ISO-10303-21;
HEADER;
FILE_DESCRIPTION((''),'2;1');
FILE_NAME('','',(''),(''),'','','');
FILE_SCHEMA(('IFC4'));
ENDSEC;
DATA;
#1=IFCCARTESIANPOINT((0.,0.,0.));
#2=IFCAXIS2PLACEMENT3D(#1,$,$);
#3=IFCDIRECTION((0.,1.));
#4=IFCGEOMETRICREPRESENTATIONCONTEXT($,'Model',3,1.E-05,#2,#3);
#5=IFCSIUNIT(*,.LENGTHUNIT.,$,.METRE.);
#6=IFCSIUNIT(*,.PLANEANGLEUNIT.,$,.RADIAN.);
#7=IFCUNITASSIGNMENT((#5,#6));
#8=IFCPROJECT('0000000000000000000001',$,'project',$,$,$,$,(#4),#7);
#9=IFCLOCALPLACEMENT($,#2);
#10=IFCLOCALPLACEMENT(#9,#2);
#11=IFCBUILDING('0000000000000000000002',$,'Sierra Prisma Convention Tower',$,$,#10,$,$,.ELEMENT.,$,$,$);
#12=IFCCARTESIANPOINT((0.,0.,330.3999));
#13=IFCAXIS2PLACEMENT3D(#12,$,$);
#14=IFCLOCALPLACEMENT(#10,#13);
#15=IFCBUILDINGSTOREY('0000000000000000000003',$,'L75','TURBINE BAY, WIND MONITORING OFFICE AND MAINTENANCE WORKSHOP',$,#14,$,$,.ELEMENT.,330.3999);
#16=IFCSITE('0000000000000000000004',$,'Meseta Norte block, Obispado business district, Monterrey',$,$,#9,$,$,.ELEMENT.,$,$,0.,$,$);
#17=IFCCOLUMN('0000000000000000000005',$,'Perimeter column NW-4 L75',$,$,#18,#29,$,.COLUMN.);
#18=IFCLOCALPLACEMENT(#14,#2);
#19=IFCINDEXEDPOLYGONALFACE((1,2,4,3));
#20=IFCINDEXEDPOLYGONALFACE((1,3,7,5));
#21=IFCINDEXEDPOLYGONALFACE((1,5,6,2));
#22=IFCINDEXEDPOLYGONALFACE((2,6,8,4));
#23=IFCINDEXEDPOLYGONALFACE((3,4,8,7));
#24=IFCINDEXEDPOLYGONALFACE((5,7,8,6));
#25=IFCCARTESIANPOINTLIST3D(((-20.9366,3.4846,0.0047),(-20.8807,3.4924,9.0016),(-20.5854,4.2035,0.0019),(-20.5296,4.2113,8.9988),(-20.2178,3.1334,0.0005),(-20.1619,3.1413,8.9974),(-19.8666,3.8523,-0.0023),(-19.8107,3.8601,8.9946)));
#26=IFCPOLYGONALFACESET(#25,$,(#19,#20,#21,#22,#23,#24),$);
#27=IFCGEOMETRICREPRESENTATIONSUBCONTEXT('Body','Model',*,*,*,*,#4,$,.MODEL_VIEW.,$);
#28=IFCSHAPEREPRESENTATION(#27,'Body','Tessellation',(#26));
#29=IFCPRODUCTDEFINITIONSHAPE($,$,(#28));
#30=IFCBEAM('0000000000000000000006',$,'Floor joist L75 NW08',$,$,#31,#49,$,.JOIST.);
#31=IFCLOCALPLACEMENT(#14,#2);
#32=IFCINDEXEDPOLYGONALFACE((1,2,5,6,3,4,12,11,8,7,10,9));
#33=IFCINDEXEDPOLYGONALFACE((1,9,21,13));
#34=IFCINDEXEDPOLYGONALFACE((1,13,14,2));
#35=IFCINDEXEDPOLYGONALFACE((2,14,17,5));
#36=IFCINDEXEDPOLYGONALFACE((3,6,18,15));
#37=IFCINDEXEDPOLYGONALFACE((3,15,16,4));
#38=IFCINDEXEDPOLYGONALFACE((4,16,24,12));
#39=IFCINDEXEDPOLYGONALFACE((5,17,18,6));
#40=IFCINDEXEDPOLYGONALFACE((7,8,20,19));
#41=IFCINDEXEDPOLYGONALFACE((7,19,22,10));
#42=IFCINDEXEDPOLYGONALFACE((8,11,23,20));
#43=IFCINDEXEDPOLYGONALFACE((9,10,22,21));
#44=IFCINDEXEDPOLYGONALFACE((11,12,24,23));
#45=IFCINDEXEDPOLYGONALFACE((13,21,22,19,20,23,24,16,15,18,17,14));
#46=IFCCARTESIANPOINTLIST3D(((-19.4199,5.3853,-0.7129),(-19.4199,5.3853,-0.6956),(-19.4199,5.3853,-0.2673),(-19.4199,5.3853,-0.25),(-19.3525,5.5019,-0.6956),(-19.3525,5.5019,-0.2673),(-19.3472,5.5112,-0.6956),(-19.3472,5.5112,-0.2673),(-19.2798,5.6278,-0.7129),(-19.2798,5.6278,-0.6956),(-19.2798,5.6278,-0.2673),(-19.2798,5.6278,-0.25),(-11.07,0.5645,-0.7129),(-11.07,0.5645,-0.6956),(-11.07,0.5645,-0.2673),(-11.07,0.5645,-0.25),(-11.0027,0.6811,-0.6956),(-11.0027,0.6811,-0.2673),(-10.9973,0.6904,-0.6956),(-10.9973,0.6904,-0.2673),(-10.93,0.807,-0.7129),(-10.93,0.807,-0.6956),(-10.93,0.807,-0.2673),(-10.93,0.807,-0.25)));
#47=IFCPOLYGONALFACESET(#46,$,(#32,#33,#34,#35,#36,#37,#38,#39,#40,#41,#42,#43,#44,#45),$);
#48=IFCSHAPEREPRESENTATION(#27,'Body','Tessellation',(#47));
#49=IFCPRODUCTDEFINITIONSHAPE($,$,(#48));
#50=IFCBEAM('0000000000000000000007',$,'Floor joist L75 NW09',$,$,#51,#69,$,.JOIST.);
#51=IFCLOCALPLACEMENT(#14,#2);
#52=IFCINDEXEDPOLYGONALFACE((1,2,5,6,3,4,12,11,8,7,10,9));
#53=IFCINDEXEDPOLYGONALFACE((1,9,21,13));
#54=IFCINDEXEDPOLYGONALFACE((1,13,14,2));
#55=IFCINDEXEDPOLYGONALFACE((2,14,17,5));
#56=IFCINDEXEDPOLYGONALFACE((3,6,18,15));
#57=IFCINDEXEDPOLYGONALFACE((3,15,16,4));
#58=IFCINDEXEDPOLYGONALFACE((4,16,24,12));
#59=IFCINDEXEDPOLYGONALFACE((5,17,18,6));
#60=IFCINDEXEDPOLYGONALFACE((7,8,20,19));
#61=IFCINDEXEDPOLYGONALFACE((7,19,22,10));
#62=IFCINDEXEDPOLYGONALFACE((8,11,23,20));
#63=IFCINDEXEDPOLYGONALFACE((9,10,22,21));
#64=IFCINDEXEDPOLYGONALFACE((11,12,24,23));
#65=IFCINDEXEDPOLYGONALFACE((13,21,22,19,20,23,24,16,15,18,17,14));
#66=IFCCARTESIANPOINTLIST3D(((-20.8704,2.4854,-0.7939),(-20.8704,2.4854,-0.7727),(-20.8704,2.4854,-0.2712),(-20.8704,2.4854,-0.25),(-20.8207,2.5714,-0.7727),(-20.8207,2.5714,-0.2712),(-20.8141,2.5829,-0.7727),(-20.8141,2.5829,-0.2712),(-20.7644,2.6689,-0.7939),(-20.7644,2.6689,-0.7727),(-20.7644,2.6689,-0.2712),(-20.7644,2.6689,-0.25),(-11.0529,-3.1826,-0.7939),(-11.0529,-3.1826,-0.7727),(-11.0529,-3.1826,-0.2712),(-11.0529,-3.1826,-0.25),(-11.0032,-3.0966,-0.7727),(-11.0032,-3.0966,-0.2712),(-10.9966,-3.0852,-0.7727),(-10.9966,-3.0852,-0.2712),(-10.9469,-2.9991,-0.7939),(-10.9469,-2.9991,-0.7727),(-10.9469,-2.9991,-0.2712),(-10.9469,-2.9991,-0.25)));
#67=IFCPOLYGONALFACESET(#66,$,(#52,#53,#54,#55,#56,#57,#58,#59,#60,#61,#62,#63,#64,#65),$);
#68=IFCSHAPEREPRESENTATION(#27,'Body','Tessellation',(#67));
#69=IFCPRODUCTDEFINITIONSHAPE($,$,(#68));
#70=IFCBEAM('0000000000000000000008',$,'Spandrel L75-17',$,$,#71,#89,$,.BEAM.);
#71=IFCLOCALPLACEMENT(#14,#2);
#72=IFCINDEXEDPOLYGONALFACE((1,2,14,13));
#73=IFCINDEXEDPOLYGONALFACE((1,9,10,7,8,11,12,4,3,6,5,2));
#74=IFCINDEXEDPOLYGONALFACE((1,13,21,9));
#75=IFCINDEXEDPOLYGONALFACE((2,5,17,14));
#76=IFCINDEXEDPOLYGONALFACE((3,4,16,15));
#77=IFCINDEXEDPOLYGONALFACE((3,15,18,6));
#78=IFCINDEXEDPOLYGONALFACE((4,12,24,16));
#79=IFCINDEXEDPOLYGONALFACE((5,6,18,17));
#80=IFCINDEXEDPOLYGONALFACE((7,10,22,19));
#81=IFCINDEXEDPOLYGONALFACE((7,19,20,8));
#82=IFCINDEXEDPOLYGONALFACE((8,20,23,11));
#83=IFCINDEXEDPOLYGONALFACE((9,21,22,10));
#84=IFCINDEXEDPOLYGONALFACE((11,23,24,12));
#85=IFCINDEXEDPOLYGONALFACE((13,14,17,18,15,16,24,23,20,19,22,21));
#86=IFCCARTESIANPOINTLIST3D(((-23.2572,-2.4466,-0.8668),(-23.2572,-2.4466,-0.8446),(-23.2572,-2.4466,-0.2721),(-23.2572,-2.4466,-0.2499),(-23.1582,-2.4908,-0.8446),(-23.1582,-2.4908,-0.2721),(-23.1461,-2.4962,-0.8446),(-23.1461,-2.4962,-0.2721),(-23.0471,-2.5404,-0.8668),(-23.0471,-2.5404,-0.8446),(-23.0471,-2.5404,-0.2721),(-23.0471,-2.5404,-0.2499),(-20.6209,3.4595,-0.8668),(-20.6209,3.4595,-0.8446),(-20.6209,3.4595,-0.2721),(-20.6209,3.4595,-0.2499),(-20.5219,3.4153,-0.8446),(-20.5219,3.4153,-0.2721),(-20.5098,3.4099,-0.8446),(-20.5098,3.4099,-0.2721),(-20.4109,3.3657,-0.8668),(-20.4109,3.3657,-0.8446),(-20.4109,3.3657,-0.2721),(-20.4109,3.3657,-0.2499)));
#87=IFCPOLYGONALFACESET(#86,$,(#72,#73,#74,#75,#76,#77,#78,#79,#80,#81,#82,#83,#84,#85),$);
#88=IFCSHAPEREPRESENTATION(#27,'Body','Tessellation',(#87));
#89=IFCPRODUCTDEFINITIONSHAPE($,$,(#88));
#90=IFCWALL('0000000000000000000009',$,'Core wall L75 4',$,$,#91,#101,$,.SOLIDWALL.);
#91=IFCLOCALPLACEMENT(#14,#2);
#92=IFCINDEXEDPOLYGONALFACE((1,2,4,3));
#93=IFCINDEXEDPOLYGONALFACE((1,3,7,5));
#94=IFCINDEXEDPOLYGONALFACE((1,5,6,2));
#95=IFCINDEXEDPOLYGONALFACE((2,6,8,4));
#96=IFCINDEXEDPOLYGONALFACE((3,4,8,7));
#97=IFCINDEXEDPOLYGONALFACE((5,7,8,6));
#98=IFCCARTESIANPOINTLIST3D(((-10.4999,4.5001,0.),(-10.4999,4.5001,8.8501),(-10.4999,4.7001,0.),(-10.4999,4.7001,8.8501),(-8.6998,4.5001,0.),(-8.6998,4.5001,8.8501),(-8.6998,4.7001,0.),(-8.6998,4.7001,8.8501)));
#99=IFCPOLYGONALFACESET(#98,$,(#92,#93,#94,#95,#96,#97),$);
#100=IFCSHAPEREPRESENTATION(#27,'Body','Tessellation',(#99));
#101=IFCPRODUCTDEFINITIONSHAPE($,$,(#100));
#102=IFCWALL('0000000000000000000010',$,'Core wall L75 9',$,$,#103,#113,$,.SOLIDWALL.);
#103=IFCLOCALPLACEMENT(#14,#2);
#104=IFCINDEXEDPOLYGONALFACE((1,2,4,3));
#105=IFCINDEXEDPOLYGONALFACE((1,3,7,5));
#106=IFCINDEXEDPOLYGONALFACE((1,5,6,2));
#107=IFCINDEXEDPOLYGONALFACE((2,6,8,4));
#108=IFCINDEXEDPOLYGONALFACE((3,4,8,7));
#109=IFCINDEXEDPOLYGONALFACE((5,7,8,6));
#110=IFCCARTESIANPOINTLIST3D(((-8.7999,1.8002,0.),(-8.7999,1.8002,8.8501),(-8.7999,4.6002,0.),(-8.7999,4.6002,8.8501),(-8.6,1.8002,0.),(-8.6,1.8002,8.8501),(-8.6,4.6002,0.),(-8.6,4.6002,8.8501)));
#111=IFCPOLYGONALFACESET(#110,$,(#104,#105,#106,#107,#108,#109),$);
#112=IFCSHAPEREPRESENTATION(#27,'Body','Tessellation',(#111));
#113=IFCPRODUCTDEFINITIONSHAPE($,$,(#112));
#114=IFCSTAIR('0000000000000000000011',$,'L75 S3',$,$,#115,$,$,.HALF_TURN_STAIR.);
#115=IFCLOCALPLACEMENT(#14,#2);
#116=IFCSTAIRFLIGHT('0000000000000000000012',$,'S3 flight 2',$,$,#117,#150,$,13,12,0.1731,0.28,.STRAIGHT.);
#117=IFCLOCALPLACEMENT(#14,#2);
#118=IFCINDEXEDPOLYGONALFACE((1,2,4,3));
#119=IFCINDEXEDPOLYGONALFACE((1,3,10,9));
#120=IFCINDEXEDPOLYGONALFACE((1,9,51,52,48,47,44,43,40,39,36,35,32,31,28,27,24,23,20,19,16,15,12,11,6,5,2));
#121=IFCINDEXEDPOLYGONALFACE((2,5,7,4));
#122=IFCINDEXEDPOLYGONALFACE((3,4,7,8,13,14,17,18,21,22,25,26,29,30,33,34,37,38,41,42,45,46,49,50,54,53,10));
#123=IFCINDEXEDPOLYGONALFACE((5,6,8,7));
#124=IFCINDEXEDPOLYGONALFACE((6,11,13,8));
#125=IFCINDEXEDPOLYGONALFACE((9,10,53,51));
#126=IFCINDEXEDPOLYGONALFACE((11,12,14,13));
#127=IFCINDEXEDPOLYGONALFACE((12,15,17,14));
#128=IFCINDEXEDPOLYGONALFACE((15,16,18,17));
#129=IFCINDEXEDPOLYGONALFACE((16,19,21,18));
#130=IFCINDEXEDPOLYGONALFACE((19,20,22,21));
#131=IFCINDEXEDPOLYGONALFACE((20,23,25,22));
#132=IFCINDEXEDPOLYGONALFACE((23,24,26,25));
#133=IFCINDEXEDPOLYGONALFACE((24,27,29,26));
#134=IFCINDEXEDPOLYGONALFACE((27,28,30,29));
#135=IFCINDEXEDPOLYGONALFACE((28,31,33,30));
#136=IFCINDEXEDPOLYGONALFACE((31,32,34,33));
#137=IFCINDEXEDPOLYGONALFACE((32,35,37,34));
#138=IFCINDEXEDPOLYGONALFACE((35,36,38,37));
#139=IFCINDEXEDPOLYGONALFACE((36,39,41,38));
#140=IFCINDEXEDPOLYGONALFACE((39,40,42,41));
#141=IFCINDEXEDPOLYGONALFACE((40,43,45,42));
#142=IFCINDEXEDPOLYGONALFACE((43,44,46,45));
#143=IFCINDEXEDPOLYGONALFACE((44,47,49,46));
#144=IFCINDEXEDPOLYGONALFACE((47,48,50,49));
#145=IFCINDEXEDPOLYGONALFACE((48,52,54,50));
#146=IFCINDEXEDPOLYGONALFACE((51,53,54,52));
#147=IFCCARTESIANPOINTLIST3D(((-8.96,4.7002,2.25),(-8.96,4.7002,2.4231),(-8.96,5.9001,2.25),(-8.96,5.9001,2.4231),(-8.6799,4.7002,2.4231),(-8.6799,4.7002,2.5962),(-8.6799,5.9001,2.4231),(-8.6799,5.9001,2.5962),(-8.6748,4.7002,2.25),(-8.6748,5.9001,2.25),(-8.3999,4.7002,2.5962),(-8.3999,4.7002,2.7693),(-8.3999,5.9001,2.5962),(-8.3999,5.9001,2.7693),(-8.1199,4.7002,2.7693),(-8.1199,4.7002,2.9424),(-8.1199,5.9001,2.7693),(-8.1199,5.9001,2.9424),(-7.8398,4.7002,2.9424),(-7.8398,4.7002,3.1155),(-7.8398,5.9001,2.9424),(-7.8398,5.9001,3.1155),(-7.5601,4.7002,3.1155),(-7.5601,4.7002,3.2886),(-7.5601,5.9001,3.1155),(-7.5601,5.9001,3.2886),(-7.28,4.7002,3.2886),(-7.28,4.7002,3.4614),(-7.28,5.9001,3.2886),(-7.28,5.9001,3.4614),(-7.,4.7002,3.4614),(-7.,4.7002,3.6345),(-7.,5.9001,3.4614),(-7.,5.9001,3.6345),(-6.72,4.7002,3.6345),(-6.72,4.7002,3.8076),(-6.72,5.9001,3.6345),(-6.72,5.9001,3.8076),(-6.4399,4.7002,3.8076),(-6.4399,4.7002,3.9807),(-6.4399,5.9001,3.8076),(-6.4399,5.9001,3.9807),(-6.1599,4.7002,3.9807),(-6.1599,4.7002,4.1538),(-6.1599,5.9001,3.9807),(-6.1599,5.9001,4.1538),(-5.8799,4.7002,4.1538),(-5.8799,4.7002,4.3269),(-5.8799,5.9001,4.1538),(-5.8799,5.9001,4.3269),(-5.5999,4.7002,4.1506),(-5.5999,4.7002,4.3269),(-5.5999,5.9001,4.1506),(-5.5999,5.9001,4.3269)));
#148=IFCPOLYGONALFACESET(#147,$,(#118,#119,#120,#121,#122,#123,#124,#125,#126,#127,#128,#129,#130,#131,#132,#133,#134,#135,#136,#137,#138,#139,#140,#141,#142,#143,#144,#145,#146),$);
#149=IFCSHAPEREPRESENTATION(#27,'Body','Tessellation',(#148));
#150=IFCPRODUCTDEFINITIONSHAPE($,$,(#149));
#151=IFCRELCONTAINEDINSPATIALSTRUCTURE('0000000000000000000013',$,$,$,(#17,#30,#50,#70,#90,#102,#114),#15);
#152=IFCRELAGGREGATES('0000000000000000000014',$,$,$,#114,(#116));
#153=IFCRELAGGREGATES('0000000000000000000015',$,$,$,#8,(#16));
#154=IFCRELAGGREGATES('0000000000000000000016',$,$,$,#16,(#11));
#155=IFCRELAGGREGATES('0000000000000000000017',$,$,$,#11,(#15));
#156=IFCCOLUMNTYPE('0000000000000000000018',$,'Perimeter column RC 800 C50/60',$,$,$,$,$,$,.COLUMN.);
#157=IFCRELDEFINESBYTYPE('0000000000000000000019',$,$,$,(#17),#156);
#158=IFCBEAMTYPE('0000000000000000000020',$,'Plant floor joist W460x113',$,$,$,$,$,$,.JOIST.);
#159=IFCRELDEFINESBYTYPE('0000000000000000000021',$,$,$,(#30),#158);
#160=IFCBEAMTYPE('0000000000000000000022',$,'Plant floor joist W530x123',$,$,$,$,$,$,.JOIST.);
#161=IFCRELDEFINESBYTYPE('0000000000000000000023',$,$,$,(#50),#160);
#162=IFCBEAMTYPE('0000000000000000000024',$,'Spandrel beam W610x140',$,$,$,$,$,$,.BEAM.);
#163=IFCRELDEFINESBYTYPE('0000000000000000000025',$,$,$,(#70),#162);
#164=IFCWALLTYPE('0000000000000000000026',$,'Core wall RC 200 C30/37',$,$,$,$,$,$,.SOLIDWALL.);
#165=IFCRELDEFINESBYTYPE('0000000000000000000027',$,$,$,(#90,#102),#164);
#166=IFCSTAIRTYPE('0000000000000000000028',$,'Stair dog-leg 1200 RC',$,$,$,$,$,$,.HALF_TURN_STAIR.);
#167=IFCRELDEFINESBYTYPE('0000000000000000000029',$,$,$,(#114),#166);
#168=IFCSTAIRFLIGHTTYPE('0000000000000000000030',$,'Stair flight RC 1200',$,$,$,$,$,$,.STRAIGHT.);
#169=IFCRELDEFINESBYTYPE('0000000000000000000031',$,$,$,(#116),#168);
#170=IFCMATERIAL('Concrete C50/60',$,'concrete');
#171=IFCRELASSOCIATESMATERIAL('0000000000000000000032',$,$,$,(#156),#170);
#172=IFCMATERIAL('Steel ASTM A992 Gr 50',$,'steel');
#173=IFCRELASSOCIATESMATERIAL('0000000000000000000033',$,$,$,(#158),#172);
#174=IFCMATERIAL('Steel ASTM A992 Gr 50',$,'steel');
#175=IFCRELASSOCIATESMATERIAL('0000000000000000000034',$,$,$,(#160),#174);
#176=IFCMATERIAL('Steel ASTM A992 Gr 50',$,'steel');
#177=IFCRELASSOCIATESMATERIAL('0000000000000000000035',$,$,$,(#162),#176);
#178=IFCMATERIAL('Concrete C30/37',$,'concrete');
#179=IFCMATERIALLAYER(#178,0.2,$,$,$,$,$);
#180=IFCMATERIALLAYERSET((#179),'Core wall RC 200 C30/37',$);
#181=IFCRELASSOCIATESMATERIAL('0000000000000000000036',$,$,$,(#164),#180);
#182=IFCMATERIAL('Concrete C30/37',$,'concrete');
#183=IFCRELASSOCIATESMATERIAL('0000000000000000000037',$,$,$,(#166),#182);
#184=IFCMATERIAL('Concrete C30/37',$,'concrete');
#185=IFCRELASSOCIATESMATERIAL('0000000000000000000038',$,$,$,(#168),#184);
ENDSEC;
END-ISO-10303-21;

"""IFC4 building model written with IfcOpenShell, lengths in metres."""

from ifc_helpers import new_model, si_unit, direction, frame, frame_2d, origin, origin_2d, place, context, subcontext, project, spatial, polyline, rectangle, i_section, outline, extrude, clip, halfspace, material, layer, layer_set, material_profile, profile_set, type_object, element, aggregate, save


model = new_model("IFC4")

# Units and contexts
model_context = context("Model", 3, precision=1e-05, world=origin(), true_north=direction((0.0, 1.0)))
body_context = subcontext(model_context, "Body", "Model", "MODEL_VIEW")
ifc_project = project(units=[si_unit("LENGTHUNIT", "METRE"), si_unit("PLANEANGLEUNIT", "RADIAN")], contexts=[model_context])

# Site, building, storey
site_placement = place(None, origin())
site = spatial("IfcSite", under=ifc_project, at=site_placement, Name="Meseta Norte block, Obispado business district, Monterrey", CompositionType="ELEMENT", RefElevation=0.0)
building_placement = place(site_placement, origin())
building = spatial("IfcBuilding", under=site, at=building_placement, Name="Sierra Prisma Convention Tower", CompositionType="ELEMENT")
storey_placement = place(building_placement, frame((0.0, 0.0, 330.3999)))
storey = spatial("IfcBuildingStorey", under=building, at=storey_placement, Name="L75", Description="TURBINE BAY, WIND MONITORING OFFICE AND MAINTENANCE WORKSHOP", CompositionType="ELEMENT", Elevation=330.3999)

# Column
ifc_material_1 = material(Name="Concrete C50/60", Category="concrete")
ifc_material_profile_1 = material_profile(ifc_material_1, rectangle(XDim=0.8, YDim=0.8, at=origin_2d()), Name="Perimeter column RC 800 C50/60")
ifc_profile_set_1 = profile_set([ifc_material_profile_1], Name="Concrete C50/60")
column_type = type_object("IfcColumnType", Name="Perimeter column RC 800 C50/60", PredefinedType="COLUMN", material=ifc_profile_set_1)
column_placement = place(storey_placement, frame((-20.4016, 3.6685, 0.0), z_axis=(0.006212, 0.000868, 0.99998), x_axis=(0.438919, 0.89852, -0.003507)))
element("IfcColumn", 1, at=column_placement, inside=storey, type_object=column_type, Name="Perimeter column NW-4 L75", PredefinedType="COLUMN", context=body_context, shape_type="SweptSolid", body=[
    clip(clip(extrude(rectangle(XDim=0.8, YDim=0.8, at=origin_2d()), origin(), (0.0, 0.0, 1.0), 9.0002), halfspace(frame((0.0, 0.0, 0.0012)), True)), halfspace(frame((0.0, 0.0, 8.9983)), False)),
])

# Beams
ifc_material_2 = material(Name="Steel ASTM A992 Gr 50", Category="steel")
ifc_material_profile_2 = material_profile(ifc_material_2, i_section(OverallWidth=0.28, OverallDepth=0.4629, WebThickness=0.0107, FlangeThickness=0.0173, at=origin_2d()), Name="W460x113")
ifc_profile_set_2 = profile_set([ifc_material_profile_2], Name="Steel ASTM A992 Gr 50")
beam_type_1 = type_object("IfcBeamType", Name="Plant floor joist W460x113", PredefinedType="JOIST", material=ifc_profile_set_2)
beam_1_placement = place(storey_placement, frame((-19.3499, 5.5066, -0.4814), z_axis=(0.866025, -0.500001, 0.0), x_axis=(0.500001, 0.866025, 0.0)))
element("IfcBeam", 2, at=beam_1_placement, inside=storey, type_object=beam_type_1, Name="Floor joist L75 NW08", PredefinedType="JOIST", context=body_context, shape_type="SweptSolid", body=[
    extrude(i_section(OverallWidth=0.28, OverallDepth=0.4629, WebThickness=0.0107, FlangeThickness=0.0173, at=origin_2d()), origin(), (0.0, 0.0, 1.0), 9.6416),
])
ifc_material_3 = material(Name="Steel ASTM A992 Gr 50", Category="steel")
ifc_material_profile_3 = material_profile(ifc_material_3, i_section(OverallWidth=0.2119, OverallDepth=0.5439, WebThickness=0.0132, FlangeThickness=0.0212, at=origin_2d()), Name="W530x123")
ifc_profile_set_3 = profile_set([ifc_material_profile_3], Name="Steel ASTM A992 Gr 50")
beam_type_2 = type_object("IfcBeamType", Name="Plant floor joist W530x123", PredefinedType="JOIST", material=ifc_profile_set_3)
beam_2_placement = place(storey_placement, frame((-20.8174, 2.5771, -0.522), z_axis=(0.866029, -0.499993, 0.0), x_axis=(0.499993, 0.866029, 0.0)))
element("IfcBeam", 3, at=beam_2_placement, inside=storey, type_object=beam_type_2, Name="Floor joist L75 NW09", PredefinedType="JOIST", context=body_context, shape_type="SweptSolid", body=[
    extrude(i_section(OverallWidth=0.2119, OverallDepth=0.5439, WebThickness=0.0132, FlangeThickness=0.0212, at=origin_2d()), origin(), (0.0, 0.0, 1.0), 11.3362),
])
ifc_material_4 = material(Name="Steel ASTM A992 Gr 50", Category="steel")
ifc_material_profile_4 = material_profile(ifc_material_4, i_section(OverallWidth=0.23, OverallDepth=0.6169, WebThickness=0.0132, FlangeThickness=0.0222, at=origin_2d()), Name="W610x140")
ifc_profile_set_4 = profile_set([ifc_material_profile_4], Name="Steel ASTM A992 Gr 50")
beam_type_3 = type_object("IfcBeamType", Name="Spandrel beam W610x140", PredefinedType="BEAM", material=ifc_profile_set_4)
beam_3_placement = place(storey_placement, frame((-20.5159, 3.4126, -0.5583), z_axis=(-0.407602, -0.91316, 0.0), x_axis=(0.91316, -0.407602, 0.0)))
element("IfcBeam", 4, at=beam_3_placement, inside=storey, type_object=beam_type_3, Name="Spandrel L75-17", PredefinedType="BEAM", context=body_context, shape_type="SweptSolid", body=[
    extrude(i_section(OverallWidth=0.23, OverallDepth=0.6169, WebThickness=0.0132, FlangeThickness=0.0222, at=origin_2d()), origin(), (0.0, 0.0, 1.0), 6.4678),
])

# Shared definitions
ifc_material_5 = material(Name="Concrete C30/37", Category="concrete")
ifc_layer = layer(ifc_material_5, 0.2)
ifc_layer_set = layer_set([ifc_layer], Name="Core wall RC 200 C30/37")
wall_type = type_object("IfcWallType", Name="Core wall RC 200 C30/37", PredefinedType="SOLIDWALL", material=ifc_layer_set)

# Wall
wall_1_placement = place(storey_placement, frame((-8.7, 4.6001, 0.0), z_axis=(0.0, 0.0, 1.0), x_axis=(-1.0, 0.0, 0.0)))
element("IfcWall", 5, at=wall_1_placement, inside=storey, type_object=wall_type, Name="Core wall L75 4", PredefinedType="SOLIDWALL", context=body_context, shape_type="SweptSolid", body=[
    extrude(rectangle(XDim=1.8, YDim=0.2, at=frame_2d((0.8999, 0.0))), origin(), (0.0, 0.0, 1.0), 8.8501),
])

# Wall
wall_2_placement = place(storey_placement, frame((-8.7, 4.6001, 0.0), z_axis=(0.0, 0.0, 1.0), x_axis=(0.0, -1.0, 0.0)))
element("IfcWall", 6, at=wall_2_placement, inside=storey, type_object=wall_type, Name="Core wall L75 9", PredefinedType="SOLIDWALL", context=body_context, shape_type="SweptSolid", body=[
    extrude(rectangle(XDim=2.8, YDim=0.2, at=frame_2d((1.3999, 0.0))), origin(), (0.0, 0.0, 1.0), 8.8501),
])

# Stair, stair flight
ifc_material_6 = material(Name="Concrete C30/37", Category="concrete")
stair_type = type_object("IfcStairType", Name="Stair dog-leg 1200 RC", PredefinedType="HALF_TURN_STAIR", material=ifc_material_6)
stair_placement = place(storey_placement, origin())
stair = element("IfcStair", 7, at=stair_placement, inside=storey, type_object=stair_type, Name="L75 S3", PredefinedType="HALF_TURN_STAIR")
ifc_material_7 = material(Name="Concrete C30/37", Category="concrete")
stair_flight_type = type_object("IfcStairFlightType", Name="Stair flight RC 1200", PredefinedType="STRAIGHT", material=ifc_material_7)
stair_flight_1_placement = place(storey_placement, frame((-8.96, 5.3, 2.25), z_axis=(0.0, 0.0, 1.0), x_axis=(1.0, 0.0, 0.0)))
stair_flight_1 = element("IfcStairFlight", 8, at=stair_flight_1_placement, type_object=stair_flight_type, Name="S3 flight 2", NumberOfRisers=13, NumberOfTreads=12, PredefinedType="STRAIGHT", RiserHeight=0.1731, TreadLength=0.28, context=body_context, shape_type="SweptSolid", body=[
    extrude(outline(polyline([(0.0, 0.0), (0.0, 0.1731), (0.28, 0.1731), (0.28, 0.3462), (0.5601, 0.3462), (0.5601, 0.5193), (0.8401, 0.5193), (0.8401, 0.6924), (1.1201, 0.6924), (1.1201, 0.8655), (1.3999, 0.8655), (1.3999, 1.0386), (1.6799, 1.0386), (1.6799, 1.2114), (1.96, 1.2114), (1.96, 1.3845), (2.24, 1.3845), (2.24, 1.5576), (2.52, 1.5576), (2.52, 1.7307), (2.8, 1.7307), (2.8, 1.9038), (3.0801, 1.9038), (3.0801, 2.0769), (3.3601, 2.0769), (3.3601, 2.25), (3.3601, 1.9006), (0.2852, 0.0), (0.0, 0.0)])), frame((0.0, 0.6001, 0.0), z_axis=(0.0, -1.0, 0.0), x_axis=(1.0, 0.0, 0.0)), (0.0, 0.0, 1.0), 1.2),
])
aggregate(stair, [stair_flight_1])

save(model, "model.ifc")
